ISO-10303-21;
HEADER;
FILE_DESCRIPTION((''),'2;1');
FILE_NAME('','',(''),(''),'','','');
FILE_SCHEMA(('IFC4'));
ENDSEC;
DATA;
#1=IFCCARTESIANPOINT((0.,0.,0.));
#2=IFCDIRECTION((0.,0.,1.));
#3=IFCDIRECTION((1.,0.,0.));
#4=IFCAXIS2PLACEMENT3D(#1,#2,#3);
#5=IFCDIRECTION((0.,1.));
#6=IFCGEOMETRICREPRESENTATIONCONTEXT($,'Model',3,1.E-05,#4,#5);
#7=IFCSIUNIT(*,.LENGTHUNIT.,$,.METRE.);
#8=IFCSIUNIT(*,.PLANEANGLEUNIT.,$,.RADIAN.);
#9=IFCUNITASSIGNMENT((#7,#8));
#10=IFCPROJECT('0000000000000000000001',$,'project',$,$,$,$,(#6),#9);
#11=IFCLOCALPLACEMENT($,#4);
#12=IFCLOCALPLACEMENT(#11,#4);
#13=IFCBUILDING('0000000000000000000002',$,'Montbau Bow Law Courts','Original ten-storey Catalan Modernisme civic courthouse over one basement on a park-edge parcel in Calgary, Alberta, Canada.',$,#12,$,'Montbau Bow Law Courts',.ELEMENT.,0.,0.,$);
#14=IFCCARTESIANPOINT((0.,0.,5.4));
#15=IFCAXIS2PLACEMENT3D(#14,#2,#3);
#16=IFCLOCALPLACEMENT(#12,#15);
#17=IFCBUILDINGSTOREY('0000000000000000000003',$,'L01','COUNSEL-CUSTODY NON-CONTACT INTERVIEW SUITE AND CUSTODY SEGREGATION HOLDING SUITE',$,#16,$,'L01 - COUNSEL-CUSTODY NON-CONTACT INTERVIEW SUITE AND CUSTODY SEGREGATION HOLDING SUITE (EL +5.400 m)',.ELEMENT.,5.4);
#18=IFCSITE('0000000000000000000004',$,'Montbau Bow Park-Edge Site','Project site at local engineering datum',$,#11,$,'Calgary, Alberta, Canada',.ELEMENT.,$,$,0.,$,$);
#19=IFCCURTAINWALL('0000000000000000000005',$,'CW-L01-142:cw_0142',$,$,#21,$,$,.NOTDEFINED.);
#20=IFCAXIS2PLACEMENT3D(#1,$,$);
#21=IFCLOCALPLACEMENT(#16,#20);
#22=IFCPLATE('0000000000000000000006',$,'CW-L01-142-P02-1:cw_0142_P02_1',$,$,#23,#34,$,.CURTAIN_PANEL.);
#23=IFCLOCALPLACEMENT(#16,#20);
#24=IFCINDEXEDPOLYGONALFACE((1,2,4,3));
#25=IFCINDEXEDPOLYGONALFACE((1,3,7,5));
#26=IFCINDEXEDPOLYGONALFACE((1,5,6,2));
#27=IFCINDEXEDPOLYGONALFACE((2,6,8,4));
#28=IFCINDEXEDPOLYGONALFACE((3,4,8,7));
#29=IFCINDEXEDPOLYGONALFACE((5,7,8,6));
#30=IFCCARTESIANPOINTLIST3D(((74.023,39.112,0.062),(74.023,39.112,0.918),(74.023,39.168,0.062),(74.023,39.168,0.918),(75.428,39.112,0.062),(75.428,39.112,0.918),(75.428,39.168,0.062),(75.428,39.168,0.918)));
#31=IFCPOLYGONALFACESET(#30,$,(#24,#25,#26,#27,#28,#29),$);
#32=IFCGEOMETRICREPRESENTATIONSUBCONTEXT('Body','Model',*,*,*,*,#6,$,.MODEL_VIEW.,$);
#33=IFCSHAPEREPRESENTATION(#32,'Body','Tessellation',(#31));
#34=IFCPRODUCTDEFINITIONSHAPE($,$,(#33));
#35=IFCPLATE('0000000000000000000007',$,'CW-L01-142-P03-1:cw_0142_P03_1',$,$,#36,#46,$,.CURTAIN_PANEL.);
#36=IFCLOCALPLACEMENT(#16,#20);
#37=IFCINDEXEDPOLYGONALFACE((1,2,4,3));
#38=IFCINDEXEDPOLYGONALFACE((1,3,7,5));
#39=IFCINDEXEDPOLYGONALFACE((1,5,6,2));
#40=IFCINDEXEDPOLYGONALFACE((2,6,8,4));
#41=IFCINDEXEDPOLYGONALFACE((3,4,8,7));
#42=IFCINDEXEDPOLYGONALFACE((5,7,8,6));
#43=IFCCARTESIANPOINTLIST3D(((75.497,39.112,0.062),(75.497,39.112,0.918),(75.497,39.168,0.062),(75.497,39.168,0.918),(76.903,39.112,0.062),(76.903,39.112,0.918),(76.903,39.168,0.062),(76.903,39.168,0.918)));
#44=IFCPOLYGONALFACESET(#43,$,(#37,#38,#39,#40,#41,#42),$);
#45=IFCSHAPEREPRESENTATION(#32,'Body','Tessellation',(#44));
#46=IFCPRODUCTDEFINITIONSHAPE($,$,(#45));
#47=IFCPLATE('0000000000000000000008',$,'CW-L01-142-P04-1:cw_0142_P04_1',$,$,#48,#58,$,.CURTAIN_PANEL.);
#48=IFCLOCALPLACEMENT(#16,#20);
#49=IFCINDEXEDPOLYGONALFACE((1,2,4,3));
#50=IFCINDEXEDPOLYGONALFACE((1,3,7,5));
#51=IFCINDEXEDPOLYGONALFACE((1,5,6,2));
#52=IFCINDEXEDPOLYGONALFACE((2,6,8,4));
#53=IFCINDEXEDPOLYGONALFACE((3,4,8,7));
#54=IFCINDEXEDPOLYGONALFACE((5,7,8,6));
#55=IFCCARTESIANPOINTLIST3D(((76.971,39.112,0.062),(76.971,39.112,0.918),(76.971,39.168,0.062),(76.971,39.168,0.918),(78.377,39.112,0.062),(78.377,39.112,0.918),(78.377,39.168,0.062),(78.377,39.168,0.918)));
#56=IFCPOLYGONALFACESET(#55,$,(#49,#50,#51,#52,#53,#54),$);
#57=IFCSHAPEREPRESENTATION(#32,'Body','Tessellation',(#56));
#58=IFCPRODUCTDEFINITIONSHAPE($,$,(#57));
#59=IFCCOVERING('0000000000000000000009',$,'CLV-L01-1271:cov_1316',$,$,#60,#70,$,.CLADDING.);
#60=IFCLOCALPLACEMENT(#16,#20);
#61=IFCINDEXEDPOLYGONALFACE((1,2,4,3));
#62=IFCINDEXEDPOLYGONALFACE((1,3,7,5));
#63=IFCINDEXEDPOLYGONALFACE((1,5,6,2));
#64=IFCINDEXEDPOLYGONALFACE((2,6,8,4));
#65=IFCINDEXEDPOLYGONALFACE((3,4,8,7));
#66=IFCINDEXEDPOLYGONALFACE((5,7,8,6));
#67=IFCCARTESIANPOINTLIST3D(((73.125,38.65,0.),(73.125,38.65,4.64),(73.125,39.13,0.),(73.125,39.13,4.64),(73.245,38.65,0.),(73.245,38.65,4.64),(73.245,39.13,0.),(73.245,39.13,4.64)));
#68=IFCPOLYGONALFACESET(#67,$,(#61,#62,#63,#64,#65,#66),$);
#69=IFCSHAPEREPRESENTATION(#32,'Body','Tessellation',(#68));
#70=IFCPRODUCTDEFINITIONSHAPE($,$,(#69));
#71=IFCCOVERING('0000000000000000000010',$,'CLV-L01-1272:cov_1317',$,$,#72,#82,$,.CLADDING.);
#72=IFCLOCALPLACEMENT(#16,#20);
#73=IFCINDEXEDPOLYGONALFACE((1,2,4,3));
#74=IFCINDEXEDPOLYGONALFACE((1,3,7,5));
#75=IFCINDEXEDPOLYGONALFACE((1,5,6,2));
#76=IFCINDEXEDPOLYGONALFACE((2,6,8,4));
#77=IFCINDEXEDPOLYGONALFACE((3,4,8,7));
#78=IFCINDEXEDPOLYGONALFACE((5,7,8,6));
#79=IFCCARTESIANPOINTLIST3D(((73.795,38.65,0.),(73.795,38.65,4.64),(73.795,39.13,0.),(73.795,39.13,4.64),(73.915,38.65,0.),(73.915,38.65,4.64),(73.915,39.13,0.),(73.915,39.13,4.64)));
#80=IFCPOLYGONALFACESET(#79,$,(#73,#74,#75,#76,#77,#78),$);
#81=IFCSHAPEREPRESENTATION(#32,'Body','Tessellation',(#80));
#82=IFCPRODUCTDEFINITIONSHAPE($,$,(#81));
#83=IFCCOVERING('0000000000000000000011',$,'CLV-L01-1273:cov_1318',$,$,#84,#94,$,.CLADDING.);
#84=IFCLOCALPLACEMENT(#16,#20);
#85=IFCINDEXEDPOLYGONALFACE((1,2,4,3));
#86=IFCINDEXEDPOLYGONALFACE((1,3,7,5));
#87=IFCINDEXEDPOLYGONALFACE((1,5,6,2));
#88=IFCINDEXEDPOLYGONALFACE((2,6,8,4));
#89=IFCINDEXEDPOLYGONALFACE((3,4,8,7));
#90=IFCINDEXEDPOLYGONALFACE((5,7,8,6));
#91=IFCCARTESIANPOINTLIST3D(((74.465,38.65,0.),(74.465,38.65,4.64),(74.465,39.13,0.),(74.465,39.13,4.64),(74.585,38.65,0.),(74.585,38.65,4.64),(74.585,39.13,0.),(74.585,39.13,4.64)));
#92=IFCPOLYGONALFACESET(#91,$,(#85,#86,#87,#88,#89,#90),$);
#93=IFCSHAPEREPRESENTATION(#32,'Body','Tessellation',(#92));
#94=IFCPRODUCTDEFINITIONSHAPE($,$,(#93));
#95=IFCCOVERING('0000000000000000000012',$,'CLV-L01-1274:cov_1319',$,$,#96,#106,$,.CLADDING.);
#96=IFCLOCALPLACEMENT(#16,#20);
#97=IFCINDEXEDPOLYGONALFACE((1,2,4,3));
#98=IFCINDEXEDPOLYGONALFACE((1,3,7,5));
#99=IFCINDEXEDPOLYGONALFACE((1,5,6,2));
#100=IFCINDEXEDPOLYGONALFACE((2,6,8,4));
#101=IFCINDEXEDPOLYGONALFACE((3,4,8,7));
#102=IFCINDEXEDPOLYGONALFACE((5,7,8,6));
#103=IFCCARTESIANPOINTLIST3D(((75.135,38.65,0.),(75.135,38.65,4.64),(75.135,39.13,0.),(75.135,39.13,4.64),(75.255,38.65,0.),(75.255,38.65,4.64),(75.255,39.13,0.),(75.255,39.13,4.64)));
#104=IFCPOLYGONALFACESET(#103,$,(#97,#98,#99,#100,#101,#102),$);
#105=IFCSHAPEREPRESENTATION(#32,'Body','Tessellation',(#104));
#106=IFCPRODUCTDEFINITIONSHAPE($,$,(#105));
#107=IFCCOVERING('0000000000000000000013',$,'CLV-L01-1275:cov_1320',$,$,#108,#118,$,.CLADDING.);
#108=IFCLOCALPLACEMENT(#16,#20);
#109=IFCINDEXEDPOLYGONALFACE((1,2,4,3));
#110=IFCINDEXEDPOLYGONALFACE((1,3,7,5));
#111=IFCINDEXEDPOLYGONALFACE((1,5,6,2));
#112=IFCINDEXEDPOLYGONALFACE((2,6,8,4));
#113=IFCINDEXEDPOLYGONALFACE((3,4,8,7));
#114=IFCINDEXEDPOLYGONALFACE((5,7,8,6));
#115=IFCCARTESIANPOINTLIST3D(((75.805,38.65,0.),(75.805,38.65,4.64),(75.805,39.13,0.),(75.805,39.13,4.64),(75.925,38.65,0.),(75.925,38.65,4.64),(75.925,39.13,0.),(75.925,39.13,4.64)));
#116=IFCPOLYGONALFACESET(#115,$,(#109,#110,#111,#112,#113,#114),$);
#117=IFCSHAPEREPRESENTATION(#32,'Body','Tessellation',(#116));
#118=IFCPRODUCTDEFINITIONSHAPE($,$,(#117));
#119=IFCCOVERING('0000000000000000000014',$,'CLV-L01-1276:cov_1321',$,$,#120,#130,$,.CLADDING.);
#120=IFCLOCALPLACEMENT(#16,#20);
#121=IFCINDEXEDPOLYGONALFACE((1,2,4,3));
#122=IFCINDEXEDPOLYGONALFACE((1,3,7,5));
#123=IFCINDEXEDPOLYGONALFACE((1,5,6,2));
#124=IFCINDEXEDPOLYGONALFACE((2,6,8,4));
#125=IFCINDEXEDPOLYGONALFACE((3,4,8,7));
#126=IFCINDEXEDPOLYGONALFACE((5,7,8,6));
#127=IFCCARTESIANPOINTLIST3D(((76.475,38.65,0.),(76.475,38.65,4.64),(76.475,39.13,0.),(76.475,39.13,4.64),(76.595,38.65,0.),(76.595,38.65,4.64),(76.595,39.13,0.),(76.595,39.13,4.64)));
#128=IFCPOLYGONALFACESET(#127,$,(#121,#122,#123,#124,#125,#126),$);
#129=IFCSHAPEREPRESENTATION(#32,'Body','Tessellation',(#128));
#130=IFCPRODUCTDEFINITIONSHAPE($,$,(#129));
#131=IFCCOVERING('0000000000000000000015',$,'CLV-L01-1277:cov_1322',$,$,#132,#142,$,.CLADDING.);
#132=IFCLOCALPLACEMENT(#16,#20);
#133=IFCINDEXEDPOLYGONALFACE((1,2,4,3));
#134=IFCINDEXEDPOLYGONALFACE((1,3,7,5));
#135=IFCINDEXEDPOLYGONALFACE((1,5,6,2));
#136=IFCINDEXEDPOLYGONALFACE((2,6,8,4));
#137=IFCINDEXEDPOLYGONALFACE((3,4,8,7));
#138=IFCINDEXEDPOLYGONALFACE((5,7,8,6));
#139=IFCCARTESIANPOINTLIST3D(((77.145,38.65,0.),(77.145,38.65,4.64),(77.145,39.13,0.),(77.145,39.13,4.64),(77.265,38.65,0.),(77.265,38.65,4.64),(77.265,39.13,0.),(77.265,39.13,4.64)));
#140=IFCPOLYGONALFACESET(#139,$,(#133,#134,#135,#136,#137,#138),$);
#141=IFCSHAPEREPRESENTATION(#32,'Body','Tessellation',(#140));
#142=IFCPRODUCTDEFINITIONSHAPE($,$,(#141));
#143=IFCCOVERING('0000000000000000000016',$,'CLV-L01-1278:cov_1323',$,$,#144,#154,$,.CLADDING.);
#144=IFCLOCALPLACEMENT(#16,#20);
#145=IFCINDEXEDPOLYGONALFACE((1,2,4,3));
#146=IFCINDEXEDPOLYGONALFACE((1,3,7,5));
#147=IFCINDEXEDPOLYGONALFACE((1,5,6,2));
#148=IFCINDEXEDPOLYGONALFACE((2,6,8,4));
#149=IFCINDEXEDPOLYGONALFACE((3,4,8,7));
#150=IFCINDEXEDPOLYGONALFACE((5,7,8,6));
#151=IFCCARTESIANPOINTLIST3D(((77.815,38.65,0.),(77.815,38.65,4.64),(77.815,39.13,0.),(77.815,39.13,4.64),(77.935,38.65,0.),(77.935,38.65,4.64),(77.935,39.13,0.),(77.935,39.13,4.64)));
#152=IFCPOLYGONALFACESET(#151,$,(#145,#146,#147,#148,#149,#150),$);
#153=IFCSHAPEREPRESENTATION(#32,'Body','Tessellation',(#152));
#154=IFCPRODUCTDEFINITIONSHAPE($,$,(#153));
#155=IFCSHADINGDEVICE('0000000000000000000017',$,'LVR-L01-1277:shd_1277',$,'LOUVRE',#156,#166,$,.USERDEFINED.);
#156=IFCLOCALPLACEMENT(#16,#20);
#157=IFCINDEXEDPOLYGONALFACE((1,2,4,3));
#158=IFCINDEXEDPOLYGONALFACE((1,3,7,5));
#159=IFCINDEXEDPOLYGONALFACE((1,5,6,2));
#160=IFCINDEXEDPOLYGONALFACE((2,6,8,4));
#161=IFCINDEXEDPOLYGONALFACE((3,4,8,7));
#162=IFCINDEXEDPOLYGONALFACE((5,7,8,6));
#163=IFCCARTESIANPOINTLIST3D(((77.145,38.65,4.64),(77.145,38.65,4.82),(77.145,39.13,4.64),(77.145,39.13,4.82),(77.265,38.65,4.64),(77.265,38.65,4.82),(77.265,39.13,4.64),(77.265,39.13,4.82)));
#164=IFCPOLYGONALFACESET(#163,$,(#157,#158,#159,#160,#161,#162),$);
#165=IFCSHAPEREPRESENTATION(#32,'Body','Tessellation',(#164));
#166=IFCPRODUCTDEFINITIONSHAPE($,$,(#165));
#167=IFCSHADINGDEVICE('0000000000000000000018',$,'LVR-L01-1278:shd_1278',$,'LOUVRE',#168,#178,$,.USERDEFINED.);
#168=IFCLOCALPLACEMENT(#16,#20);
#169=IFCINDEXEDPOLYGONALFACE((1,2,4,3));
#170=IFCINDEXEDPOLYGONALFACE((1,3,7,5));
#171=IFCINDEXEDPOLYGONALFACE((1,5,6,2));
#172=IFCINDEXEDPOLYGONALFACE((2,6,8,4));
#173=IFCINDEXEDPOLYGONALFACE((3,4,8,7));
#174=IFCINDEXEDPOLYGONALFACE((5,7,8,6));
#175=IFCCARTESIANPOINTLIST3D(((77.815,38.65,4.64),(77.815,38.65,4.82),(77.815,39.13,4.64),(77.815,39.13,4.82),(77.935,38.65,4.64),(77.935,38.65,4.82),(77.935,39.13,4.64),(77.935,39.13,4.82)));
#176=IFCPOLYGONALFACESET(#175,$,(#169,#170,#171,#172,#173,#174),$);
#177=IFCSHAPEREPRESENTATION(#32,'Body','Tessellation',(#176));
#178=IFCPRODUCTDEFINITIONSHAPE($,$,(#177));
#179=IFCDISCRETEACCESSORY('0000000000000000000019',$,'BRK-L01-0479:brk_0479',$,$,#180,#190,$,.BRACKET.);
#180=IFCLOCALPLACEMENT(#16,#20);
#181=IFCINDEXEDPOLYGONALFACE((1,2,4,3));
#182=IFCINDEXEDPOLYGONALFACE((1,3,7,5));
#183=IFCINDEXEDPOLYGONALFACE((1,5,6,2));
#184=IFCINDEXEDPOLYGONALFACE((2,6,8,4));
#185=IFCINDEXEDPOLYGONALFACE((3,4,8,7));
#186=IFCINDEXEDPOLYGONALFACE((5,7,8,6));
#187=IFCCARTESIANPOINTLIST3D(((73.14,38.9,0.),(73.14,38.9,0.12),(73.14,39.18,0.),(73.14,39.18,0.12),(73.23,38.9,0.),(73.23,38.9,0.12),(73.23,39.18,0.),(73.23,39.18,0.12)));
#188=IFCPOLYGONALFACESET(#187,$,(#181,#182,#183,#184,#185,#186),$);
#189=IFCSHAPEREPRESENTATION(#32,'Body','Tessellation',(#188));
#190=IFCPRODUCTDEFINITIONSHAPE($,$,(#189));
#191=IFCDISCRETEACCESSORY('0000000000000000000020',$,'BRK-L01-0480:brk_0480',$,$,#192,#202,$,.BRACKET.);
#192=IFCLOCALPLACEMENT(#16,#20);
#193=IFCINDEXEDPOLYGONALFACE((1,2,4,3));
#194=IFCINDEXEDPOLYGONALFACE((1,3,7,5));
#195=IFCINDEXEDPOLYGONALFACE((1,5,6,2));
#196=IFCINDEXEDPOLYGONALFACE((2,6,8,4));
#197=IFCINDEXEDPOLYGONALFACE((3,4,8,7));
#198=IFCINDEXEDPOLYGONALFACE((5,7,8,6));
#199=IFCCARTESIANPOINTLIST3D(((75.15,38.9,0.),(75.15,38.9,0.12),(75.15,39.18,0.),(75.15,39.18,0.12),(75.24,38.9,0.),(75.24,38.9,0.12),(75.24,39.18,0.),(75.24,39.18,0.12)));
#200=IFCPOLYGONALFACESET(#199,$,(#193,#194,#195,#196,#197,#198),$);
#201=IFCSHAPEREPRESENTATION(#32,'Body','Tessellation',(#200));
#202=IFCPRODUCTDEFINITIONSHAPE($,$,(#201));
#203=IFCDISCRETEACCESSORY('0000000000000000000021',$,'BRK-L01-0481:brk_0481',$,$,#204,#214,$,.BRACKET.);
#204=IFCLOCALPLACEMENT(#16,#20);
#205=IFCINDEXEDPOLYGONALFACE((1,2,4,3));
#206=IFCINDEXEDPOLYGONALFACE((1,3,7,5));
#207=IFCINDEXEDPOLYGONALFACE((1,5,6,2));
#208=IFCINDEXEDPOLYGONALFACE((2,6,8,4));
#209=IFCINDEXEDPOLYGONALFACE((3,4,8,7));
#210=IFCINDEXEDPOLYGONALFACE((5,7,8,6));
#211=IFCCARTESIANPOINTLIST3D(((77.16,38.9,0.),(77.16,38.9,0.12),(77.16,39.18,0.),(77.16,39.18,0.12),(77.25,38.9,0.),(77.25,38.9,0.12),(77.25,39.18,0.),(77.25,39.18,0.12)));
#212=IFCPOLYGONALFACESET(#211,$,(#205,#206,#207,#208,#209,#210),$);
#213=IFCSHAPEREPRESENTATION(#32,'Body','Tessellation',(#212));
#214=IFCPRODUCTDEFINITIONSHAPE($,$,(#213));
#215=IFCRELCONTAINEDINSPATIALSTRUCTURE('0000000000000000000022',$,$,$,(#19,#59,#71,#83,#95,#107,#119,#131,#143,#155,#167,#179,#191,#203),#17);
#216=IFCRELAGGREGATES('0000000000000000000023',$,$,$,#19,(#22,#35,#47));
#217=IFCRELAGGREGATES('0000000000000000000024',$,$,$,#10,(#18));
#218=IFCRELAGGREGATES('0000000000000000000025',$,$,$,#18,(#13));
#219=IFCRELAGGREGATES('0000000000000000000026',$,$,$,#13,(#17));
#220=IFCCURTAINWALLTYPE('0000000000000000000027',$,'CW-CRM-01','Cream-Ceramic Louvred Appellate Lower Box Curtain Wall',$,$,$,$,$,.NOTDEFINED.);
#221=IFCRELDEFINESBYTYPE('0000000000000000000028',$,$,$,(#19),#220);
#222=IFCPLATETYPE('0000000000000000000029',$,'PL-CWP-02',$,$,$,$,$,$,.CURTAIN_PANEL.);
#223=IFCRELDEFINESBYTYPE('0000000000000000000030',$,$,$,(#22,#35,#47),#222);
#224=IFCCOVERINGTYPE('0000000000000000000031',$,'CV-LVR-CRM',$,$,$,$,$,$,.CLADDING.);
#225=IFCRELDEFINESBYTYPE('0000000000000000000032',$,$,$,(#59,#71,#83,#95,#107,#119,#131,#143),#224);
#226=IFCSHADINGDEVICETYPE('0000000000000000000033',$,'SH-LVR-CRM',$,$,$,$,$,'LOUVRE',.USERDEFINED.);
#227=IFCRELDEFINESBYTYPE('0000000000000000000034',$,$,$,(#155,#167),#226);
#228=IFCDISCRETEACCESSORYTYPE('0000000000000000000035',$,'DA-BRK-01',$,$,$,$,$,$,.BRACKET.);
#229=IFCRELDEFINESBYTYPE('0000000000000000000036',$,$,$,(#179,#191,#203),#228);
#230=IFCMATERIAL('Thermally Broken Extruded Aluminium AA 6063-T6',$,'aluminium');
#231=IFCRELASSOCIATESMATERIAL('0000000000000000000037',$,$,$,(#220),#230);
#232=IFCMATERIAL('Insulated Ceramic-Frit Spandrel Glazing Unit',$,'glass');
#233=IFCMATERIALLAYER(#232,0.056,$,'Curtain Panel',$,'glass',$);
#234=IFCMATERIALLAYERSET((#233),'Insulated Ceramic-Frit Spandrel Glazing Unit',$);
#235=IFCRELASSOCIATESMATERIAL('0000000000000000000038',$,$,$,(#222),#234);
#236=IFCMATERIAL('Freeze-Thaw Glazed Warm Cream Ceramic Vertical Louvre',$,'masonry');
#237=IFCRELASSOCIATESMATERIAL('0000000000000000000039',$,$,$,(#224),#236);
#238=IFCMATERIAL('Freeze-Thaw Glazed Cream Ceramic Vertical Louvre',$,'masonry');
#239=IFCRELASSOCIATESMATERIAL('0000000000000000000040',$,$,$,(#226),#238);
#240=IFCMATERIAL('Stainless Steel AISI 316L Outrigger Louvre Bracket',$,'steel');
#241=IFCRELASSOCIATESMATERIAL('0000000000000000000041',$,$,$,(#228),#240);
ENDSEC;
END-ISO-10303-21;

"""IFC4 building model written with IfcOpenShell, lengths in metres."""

from ifc_helpers import new_model, si_unit, direction, frame, frame_2d, origin_with_axes, origin_2d_with_axis, place, context, subcontext, project, spatial, rectangle, extrude, material, layer, layer_set, type_object, element, aggregate, save


model = new_model("IFC4")

# Units and contexts
model_context = context("Model", 3, precision=1e-05, world=origin_with_axes(), true_north=direction((0.0, 1.0)))
body_context = subcontext(model_context, "Body", "Model", "MODEL_VIEW")
ifc_project = project(units=[si_unit("LENGTHUNIT", "METRE"), si_unit("PLANEANGLEUNIT", "RADIAN")], contexts=[model_context])

# Site, building, storey
site_placement = place(None, origin_with_axes())
site = spatial("IfcSite", under=ifc_project, at=site_placement, Name="Montbau Bow Park-Edge Site", Description="Project site at local engineering datum", LongName="Calgary, Alberta, Canada", CompositionType="ELEMENT", RefElevation=0.0)
building_placement = place(site_placement, origin_with_axes())
building = spatial("IfcBuilding", under=site, at=building_placement, Name="Montbau Bow Law Courts", Description="Original ten-storey Catalan Modernisme civic courthouse over one basement on a park-edge parcel in Calgary, Alberta, Canada.", LongName="Montbau Bow Law Courts", CompositionType="ELEMENT", ElevationOfRefHeight=0.0, ElevationOfTerrain=0.0)
storey_placement = place(building_placement, frame((0.0, 0.0, 5.4), z_axis=(0.0, 0.0, 1.0), x_axis=(1.0, 0.0, 0.0)))
storey = spatial("IfcBuildingStorey", under=building, at=storey_placement, Name="L01", Description="COUNSEL-CUSTODY NON-CONTACT INTERVIEW SUITE AND CUSTODY SEGREGATION HOLDING SUITE", LongName="L01 - COUNSEL-CUSTODY NON-CONTACT INTERVIEW SUITE AND CUSTODY SEGREGATION HOLDING SUITE (EL +5.400 m)", CompositionType="ELEMENT", Elevation=5.4)

# Curtain wall, plates
ifc_material_1 = material(Name="Thermally Broken Extruded Aluminium AA 6063-T6", Category="aluminium")
curtain_wall_type = type_object("IfcCurtainWallType", Name="CW-CRM-01", Description="Cream-Ceramic Louvred Appellate Lower Box Curtain Wall", PredefinedType="NOTDEFINED", material=ifc_material_1)
curtain_wall_placement = place(None, frame((72.515, 39.14, 5.4), z_axis=(0.0, 0.0, 1.0), x_axis=(1.0, 0.0, 0.0)))
curtain_wall = element("IfcCurtainWall", 1, at=curtain_wall_placement, inside=storey, type_object=curtain_wall_type, Name="CW-L01-142:cw_0142", PredefinedType="NOTDEFINED")
ifc_material_2 = material(Name="Insulated Ceramic-Frit Spandrel Glazing Unit", Category="glass")
ifc_layer_1 = layer(ifc_material_2, 0.056, Name="Curtain Panel", Category="glass")
ifc_layer_set_1 = layer_set([ifc_layer_1], Name="Insulated Ceramic-Frit Spandrel Glazing Unit")
plate_type_1 = type_object("IfcPlateType", Name="PL-CWP-02", PredefinedType="CURTAIN_PANEL", material=ifc_layer_set_1)
plate_1_placement = place(None, frame((74.023, 39.14, 5.462), z_axis=(0.0, -1.0, 0.0), x_axis=(1.0, 0.0, 0.0)))
plate_1 = element("IfcPlate", 2, at=plate_1_placement, type_object=plate_type_1, Name="CW-L01-142-P02-1:cw_0142_P02_1", PredefinedType="CURTAIN_PANEL", context=body_context, shape_type="SweptSolid", body=[
    extrude(rectangle(XDim=1.405, YDim=0.856, at=frame_2d((0.7025, 0.428), x_axis=(1.0, 0.0))), frame((0.0, 0.0, -0.028), z_axis=(0.0, 0.0, 1.0), x_axis=(1.0, 0.0, 0.0)), (0.0, 0.0, 1.0), 0.056),
])
plate_2_placement = place(None, frame((75.497, 39.14, 5.462), z_axis=(0.0, -1.0, 0.0), x_axis=(1.0, 0.0, 0.0)))
plate_2 = element("IfcPlate", 3, at=plate_2_placement, type_object=plate_type_1, Name="CW-L01-142-P03-1:cw_0142_P03_1", PredefinedType="CURTAIN_PANEL", context=body_context, shape_type="SweptSolid", body=[
    extrude(rectangle(XDim=1.406, YDim=0.856, at=frame_2d((0.703, 0.428), x_axis=(1.0, 0.0))), frame((0.0, 0.0, -0.028), z_axis=(0.0, 0.0, 1.0), x_axis=(1.0, 0.0, 0.0)), (0.0, 0.0, 1.0), 0.056),
])
plate_3_placement = place(None, frame((76.971, 39.14, 5.462), z_axis=(0.0, -1.0, 0.0), x_axis=(1.0, 0.0, 0.0)))
plate_3 = element("IfcPlate", 4, at=plate_3_placement, type_object=plate_type_1, Name="CW-L01-142-P04-1:cw_0142_P04_1", PredefinedType="CURTAIN_PANEL", context=body_context, shape_type="SweptSolid", body=[
    extrude(rectangle(XDim=1.406, YDim=0.856, at=frame_2d((0.703, 0.428), x_axis=(1.0, 0.0))), frame((0.0, 0.0, -0.028), z_axis=(0.0, 0.0, 1.0), x_axis=(1.0, 0.0, 0.0)), (0.0, 0.0, 1.0), 0.056),
])
aggregate(curtain_wall, [plate_1, plate_2, plate_3])

# Coverings
ifc_material_3 = material(Name="Freeze-Thaw Glazed Warm Cream Ceramic Vertical Louvre", Category="masonry")
covering_type = type_object("IfcCoveringType", Name="CV-LVR-CRM", PredefinedType="CLADDING", material=ifc_material_3)
for number, where, z_axis, x_axis, name in (
    (5, (73.185, 39.13, 5.4), (-1.0, 0.0, 0.0), (0.0, -1.0, 0.0), "CLV-L01-1271:cov_1316"),
    (6, (73.855, 39.13, 5.4), (-1.0, 0.0, 0.0), (0.0, -1.0, 0.0), "CLV-L01-1272:cov_1317"),
    (7, (74.525, 39.13, 5.4), (-1.0, 0.0, 0.0), (0.0, -1.0, 0.0), "CLV-L01-1273:cov_1318"),
    (8, (75.195, 39.13, 5.4), (-1.0, 0.0, 0.0), (0.0, -1.0, 0.0), "CLV-L01-1274:cov_1319"),
    (9, (75.865, 39.13, 5.4), (-1.0, 0.0, 0.0), (0.0, -1.0, 0.0), "CLV-L01-1275:cov_1320"),
    (10, (76.535, 39.13, 5.4), (-1.0, 0.0, 0.0), (0.0, -1.0, 0.0), "CLV-L01-1276:cov_1321"),
    (11, (77.205, 39.13, 5.4), (-1.0, 0.0, 0.0), (0.0, -1.0, 0.0), "CLV-L01-1277:cov_1322"),
    (12, (77.875, 39.13, 5.4), (-1.0, 0.0, 0.0), (0.0, -1.0, 0.0), "CLV-L01-1278:cov_1323"),
):
    element("IfcCovering", number, at=place(None, frame(where, z_axis=z_axis, x_axis=x_axis)), inside=storey, type_object=covering_type, Name=name, PredefinedType="CLADDING", context=body_context, shape_type="SweptSolid", body=[
        extrude(rectangle(XDim=0.48, YDim=4.64, at=frame_2d((0.24, 2.32), x_axis=(1.0, 0.0))), frame((0.0, 0.0, -0.06), z_axis=(0.0, 0.0, 1.0), x_axis=(1.0, 0.0, 0.0)), (0.0, 0.0, 1.0), 0.12),
    ])

# Shading devices
ifc_material_4 = material(Name="Freeze-Thaw Glazed Cream Ceramic Vertical Louvre", Category="masonry")
shading_device_type = type_object("IfcShadingDeviceType", Name="SH-LVR-CRM", ElementType="LOUVRE", PredefinedType="USERDEFINED", material=ifc_material_4)
for number, where, z_axis, x_axis, name in (
    (13, (77.205, 38.89, 10.04), (0.0, 0.0, 1.0), (0.0, -1.0, 0.0), "LVR-L01-1277:shd_1277"),
    (14, (77.875, 38.89, 10.04), (0.0, 0.0, 1.0), (0.0, -1.0, 0.0), "LVR-L01-1278:shd_1278"),
):
    element("IfcShadingDevice", number, at=place(None, frame(where, z_axis=z_axis, x_axis=x_axis)), inside=storey, type_object=shading_device_type, Name=name, ObjectType="LOUVRE", PredefinedType="USERDEFINED", context=body_context, shape_type="SweptSolid", body=[
        extrude(rectangle(XDim=0.48, YDim=0.12, at=origin_2d_with_axis()), origin_with_axes(), (0.0, 0.0, 1.0), 0.18),
    ])

# Discrete accessories
ifc_material_5 = material(Name="Stainless Steel AISI 316L Outrigger Louvre Bracket", Category="steel")
discrete_accessory_type = type_object("IfcDiscreteAccessoryType", Name="DA-BRK-01", PredefinedType="BRACKET", material=ifc_material_5)
for number, where, z_axis, x_axis, name in (
    (15, (73.185, 39.04, 5.4), (0.0, 0.0, 1.0), (0.0, -1.0, 0.0), "BRK-L01-0479:brk_0479"),
    (16, (75.195, 39.04, 5.4), (0.0, 0.0, 1.0), (0.0, -1.0, 0.0), "BRK-L01-0480:brk_0480"),
    (17, (77.205, 39.04, 5.4), (0.0, 0.0, 1.0), (0.0, -1.0, 0.0), "BRK-L01-0481:brk_0481"),
):
    element("IfcDiscreteAccessory", number, at=place(None, frame(where, z_axis=z_axis, x_axis=x_axis)), inside=storey, type_object=discrete_accessory_type, Name=name, PredefinedType="BRACKET", context=body_context, shape_type="SweptSolid", body=[
        extrude(rectangle(XDim=0.28, YDim=0.09, at=origin_2d_with_axis()), origin_with_axes(), (0.0, 0.0, 1.0), 0.12),
    ])

save(model, "model.ifc")
